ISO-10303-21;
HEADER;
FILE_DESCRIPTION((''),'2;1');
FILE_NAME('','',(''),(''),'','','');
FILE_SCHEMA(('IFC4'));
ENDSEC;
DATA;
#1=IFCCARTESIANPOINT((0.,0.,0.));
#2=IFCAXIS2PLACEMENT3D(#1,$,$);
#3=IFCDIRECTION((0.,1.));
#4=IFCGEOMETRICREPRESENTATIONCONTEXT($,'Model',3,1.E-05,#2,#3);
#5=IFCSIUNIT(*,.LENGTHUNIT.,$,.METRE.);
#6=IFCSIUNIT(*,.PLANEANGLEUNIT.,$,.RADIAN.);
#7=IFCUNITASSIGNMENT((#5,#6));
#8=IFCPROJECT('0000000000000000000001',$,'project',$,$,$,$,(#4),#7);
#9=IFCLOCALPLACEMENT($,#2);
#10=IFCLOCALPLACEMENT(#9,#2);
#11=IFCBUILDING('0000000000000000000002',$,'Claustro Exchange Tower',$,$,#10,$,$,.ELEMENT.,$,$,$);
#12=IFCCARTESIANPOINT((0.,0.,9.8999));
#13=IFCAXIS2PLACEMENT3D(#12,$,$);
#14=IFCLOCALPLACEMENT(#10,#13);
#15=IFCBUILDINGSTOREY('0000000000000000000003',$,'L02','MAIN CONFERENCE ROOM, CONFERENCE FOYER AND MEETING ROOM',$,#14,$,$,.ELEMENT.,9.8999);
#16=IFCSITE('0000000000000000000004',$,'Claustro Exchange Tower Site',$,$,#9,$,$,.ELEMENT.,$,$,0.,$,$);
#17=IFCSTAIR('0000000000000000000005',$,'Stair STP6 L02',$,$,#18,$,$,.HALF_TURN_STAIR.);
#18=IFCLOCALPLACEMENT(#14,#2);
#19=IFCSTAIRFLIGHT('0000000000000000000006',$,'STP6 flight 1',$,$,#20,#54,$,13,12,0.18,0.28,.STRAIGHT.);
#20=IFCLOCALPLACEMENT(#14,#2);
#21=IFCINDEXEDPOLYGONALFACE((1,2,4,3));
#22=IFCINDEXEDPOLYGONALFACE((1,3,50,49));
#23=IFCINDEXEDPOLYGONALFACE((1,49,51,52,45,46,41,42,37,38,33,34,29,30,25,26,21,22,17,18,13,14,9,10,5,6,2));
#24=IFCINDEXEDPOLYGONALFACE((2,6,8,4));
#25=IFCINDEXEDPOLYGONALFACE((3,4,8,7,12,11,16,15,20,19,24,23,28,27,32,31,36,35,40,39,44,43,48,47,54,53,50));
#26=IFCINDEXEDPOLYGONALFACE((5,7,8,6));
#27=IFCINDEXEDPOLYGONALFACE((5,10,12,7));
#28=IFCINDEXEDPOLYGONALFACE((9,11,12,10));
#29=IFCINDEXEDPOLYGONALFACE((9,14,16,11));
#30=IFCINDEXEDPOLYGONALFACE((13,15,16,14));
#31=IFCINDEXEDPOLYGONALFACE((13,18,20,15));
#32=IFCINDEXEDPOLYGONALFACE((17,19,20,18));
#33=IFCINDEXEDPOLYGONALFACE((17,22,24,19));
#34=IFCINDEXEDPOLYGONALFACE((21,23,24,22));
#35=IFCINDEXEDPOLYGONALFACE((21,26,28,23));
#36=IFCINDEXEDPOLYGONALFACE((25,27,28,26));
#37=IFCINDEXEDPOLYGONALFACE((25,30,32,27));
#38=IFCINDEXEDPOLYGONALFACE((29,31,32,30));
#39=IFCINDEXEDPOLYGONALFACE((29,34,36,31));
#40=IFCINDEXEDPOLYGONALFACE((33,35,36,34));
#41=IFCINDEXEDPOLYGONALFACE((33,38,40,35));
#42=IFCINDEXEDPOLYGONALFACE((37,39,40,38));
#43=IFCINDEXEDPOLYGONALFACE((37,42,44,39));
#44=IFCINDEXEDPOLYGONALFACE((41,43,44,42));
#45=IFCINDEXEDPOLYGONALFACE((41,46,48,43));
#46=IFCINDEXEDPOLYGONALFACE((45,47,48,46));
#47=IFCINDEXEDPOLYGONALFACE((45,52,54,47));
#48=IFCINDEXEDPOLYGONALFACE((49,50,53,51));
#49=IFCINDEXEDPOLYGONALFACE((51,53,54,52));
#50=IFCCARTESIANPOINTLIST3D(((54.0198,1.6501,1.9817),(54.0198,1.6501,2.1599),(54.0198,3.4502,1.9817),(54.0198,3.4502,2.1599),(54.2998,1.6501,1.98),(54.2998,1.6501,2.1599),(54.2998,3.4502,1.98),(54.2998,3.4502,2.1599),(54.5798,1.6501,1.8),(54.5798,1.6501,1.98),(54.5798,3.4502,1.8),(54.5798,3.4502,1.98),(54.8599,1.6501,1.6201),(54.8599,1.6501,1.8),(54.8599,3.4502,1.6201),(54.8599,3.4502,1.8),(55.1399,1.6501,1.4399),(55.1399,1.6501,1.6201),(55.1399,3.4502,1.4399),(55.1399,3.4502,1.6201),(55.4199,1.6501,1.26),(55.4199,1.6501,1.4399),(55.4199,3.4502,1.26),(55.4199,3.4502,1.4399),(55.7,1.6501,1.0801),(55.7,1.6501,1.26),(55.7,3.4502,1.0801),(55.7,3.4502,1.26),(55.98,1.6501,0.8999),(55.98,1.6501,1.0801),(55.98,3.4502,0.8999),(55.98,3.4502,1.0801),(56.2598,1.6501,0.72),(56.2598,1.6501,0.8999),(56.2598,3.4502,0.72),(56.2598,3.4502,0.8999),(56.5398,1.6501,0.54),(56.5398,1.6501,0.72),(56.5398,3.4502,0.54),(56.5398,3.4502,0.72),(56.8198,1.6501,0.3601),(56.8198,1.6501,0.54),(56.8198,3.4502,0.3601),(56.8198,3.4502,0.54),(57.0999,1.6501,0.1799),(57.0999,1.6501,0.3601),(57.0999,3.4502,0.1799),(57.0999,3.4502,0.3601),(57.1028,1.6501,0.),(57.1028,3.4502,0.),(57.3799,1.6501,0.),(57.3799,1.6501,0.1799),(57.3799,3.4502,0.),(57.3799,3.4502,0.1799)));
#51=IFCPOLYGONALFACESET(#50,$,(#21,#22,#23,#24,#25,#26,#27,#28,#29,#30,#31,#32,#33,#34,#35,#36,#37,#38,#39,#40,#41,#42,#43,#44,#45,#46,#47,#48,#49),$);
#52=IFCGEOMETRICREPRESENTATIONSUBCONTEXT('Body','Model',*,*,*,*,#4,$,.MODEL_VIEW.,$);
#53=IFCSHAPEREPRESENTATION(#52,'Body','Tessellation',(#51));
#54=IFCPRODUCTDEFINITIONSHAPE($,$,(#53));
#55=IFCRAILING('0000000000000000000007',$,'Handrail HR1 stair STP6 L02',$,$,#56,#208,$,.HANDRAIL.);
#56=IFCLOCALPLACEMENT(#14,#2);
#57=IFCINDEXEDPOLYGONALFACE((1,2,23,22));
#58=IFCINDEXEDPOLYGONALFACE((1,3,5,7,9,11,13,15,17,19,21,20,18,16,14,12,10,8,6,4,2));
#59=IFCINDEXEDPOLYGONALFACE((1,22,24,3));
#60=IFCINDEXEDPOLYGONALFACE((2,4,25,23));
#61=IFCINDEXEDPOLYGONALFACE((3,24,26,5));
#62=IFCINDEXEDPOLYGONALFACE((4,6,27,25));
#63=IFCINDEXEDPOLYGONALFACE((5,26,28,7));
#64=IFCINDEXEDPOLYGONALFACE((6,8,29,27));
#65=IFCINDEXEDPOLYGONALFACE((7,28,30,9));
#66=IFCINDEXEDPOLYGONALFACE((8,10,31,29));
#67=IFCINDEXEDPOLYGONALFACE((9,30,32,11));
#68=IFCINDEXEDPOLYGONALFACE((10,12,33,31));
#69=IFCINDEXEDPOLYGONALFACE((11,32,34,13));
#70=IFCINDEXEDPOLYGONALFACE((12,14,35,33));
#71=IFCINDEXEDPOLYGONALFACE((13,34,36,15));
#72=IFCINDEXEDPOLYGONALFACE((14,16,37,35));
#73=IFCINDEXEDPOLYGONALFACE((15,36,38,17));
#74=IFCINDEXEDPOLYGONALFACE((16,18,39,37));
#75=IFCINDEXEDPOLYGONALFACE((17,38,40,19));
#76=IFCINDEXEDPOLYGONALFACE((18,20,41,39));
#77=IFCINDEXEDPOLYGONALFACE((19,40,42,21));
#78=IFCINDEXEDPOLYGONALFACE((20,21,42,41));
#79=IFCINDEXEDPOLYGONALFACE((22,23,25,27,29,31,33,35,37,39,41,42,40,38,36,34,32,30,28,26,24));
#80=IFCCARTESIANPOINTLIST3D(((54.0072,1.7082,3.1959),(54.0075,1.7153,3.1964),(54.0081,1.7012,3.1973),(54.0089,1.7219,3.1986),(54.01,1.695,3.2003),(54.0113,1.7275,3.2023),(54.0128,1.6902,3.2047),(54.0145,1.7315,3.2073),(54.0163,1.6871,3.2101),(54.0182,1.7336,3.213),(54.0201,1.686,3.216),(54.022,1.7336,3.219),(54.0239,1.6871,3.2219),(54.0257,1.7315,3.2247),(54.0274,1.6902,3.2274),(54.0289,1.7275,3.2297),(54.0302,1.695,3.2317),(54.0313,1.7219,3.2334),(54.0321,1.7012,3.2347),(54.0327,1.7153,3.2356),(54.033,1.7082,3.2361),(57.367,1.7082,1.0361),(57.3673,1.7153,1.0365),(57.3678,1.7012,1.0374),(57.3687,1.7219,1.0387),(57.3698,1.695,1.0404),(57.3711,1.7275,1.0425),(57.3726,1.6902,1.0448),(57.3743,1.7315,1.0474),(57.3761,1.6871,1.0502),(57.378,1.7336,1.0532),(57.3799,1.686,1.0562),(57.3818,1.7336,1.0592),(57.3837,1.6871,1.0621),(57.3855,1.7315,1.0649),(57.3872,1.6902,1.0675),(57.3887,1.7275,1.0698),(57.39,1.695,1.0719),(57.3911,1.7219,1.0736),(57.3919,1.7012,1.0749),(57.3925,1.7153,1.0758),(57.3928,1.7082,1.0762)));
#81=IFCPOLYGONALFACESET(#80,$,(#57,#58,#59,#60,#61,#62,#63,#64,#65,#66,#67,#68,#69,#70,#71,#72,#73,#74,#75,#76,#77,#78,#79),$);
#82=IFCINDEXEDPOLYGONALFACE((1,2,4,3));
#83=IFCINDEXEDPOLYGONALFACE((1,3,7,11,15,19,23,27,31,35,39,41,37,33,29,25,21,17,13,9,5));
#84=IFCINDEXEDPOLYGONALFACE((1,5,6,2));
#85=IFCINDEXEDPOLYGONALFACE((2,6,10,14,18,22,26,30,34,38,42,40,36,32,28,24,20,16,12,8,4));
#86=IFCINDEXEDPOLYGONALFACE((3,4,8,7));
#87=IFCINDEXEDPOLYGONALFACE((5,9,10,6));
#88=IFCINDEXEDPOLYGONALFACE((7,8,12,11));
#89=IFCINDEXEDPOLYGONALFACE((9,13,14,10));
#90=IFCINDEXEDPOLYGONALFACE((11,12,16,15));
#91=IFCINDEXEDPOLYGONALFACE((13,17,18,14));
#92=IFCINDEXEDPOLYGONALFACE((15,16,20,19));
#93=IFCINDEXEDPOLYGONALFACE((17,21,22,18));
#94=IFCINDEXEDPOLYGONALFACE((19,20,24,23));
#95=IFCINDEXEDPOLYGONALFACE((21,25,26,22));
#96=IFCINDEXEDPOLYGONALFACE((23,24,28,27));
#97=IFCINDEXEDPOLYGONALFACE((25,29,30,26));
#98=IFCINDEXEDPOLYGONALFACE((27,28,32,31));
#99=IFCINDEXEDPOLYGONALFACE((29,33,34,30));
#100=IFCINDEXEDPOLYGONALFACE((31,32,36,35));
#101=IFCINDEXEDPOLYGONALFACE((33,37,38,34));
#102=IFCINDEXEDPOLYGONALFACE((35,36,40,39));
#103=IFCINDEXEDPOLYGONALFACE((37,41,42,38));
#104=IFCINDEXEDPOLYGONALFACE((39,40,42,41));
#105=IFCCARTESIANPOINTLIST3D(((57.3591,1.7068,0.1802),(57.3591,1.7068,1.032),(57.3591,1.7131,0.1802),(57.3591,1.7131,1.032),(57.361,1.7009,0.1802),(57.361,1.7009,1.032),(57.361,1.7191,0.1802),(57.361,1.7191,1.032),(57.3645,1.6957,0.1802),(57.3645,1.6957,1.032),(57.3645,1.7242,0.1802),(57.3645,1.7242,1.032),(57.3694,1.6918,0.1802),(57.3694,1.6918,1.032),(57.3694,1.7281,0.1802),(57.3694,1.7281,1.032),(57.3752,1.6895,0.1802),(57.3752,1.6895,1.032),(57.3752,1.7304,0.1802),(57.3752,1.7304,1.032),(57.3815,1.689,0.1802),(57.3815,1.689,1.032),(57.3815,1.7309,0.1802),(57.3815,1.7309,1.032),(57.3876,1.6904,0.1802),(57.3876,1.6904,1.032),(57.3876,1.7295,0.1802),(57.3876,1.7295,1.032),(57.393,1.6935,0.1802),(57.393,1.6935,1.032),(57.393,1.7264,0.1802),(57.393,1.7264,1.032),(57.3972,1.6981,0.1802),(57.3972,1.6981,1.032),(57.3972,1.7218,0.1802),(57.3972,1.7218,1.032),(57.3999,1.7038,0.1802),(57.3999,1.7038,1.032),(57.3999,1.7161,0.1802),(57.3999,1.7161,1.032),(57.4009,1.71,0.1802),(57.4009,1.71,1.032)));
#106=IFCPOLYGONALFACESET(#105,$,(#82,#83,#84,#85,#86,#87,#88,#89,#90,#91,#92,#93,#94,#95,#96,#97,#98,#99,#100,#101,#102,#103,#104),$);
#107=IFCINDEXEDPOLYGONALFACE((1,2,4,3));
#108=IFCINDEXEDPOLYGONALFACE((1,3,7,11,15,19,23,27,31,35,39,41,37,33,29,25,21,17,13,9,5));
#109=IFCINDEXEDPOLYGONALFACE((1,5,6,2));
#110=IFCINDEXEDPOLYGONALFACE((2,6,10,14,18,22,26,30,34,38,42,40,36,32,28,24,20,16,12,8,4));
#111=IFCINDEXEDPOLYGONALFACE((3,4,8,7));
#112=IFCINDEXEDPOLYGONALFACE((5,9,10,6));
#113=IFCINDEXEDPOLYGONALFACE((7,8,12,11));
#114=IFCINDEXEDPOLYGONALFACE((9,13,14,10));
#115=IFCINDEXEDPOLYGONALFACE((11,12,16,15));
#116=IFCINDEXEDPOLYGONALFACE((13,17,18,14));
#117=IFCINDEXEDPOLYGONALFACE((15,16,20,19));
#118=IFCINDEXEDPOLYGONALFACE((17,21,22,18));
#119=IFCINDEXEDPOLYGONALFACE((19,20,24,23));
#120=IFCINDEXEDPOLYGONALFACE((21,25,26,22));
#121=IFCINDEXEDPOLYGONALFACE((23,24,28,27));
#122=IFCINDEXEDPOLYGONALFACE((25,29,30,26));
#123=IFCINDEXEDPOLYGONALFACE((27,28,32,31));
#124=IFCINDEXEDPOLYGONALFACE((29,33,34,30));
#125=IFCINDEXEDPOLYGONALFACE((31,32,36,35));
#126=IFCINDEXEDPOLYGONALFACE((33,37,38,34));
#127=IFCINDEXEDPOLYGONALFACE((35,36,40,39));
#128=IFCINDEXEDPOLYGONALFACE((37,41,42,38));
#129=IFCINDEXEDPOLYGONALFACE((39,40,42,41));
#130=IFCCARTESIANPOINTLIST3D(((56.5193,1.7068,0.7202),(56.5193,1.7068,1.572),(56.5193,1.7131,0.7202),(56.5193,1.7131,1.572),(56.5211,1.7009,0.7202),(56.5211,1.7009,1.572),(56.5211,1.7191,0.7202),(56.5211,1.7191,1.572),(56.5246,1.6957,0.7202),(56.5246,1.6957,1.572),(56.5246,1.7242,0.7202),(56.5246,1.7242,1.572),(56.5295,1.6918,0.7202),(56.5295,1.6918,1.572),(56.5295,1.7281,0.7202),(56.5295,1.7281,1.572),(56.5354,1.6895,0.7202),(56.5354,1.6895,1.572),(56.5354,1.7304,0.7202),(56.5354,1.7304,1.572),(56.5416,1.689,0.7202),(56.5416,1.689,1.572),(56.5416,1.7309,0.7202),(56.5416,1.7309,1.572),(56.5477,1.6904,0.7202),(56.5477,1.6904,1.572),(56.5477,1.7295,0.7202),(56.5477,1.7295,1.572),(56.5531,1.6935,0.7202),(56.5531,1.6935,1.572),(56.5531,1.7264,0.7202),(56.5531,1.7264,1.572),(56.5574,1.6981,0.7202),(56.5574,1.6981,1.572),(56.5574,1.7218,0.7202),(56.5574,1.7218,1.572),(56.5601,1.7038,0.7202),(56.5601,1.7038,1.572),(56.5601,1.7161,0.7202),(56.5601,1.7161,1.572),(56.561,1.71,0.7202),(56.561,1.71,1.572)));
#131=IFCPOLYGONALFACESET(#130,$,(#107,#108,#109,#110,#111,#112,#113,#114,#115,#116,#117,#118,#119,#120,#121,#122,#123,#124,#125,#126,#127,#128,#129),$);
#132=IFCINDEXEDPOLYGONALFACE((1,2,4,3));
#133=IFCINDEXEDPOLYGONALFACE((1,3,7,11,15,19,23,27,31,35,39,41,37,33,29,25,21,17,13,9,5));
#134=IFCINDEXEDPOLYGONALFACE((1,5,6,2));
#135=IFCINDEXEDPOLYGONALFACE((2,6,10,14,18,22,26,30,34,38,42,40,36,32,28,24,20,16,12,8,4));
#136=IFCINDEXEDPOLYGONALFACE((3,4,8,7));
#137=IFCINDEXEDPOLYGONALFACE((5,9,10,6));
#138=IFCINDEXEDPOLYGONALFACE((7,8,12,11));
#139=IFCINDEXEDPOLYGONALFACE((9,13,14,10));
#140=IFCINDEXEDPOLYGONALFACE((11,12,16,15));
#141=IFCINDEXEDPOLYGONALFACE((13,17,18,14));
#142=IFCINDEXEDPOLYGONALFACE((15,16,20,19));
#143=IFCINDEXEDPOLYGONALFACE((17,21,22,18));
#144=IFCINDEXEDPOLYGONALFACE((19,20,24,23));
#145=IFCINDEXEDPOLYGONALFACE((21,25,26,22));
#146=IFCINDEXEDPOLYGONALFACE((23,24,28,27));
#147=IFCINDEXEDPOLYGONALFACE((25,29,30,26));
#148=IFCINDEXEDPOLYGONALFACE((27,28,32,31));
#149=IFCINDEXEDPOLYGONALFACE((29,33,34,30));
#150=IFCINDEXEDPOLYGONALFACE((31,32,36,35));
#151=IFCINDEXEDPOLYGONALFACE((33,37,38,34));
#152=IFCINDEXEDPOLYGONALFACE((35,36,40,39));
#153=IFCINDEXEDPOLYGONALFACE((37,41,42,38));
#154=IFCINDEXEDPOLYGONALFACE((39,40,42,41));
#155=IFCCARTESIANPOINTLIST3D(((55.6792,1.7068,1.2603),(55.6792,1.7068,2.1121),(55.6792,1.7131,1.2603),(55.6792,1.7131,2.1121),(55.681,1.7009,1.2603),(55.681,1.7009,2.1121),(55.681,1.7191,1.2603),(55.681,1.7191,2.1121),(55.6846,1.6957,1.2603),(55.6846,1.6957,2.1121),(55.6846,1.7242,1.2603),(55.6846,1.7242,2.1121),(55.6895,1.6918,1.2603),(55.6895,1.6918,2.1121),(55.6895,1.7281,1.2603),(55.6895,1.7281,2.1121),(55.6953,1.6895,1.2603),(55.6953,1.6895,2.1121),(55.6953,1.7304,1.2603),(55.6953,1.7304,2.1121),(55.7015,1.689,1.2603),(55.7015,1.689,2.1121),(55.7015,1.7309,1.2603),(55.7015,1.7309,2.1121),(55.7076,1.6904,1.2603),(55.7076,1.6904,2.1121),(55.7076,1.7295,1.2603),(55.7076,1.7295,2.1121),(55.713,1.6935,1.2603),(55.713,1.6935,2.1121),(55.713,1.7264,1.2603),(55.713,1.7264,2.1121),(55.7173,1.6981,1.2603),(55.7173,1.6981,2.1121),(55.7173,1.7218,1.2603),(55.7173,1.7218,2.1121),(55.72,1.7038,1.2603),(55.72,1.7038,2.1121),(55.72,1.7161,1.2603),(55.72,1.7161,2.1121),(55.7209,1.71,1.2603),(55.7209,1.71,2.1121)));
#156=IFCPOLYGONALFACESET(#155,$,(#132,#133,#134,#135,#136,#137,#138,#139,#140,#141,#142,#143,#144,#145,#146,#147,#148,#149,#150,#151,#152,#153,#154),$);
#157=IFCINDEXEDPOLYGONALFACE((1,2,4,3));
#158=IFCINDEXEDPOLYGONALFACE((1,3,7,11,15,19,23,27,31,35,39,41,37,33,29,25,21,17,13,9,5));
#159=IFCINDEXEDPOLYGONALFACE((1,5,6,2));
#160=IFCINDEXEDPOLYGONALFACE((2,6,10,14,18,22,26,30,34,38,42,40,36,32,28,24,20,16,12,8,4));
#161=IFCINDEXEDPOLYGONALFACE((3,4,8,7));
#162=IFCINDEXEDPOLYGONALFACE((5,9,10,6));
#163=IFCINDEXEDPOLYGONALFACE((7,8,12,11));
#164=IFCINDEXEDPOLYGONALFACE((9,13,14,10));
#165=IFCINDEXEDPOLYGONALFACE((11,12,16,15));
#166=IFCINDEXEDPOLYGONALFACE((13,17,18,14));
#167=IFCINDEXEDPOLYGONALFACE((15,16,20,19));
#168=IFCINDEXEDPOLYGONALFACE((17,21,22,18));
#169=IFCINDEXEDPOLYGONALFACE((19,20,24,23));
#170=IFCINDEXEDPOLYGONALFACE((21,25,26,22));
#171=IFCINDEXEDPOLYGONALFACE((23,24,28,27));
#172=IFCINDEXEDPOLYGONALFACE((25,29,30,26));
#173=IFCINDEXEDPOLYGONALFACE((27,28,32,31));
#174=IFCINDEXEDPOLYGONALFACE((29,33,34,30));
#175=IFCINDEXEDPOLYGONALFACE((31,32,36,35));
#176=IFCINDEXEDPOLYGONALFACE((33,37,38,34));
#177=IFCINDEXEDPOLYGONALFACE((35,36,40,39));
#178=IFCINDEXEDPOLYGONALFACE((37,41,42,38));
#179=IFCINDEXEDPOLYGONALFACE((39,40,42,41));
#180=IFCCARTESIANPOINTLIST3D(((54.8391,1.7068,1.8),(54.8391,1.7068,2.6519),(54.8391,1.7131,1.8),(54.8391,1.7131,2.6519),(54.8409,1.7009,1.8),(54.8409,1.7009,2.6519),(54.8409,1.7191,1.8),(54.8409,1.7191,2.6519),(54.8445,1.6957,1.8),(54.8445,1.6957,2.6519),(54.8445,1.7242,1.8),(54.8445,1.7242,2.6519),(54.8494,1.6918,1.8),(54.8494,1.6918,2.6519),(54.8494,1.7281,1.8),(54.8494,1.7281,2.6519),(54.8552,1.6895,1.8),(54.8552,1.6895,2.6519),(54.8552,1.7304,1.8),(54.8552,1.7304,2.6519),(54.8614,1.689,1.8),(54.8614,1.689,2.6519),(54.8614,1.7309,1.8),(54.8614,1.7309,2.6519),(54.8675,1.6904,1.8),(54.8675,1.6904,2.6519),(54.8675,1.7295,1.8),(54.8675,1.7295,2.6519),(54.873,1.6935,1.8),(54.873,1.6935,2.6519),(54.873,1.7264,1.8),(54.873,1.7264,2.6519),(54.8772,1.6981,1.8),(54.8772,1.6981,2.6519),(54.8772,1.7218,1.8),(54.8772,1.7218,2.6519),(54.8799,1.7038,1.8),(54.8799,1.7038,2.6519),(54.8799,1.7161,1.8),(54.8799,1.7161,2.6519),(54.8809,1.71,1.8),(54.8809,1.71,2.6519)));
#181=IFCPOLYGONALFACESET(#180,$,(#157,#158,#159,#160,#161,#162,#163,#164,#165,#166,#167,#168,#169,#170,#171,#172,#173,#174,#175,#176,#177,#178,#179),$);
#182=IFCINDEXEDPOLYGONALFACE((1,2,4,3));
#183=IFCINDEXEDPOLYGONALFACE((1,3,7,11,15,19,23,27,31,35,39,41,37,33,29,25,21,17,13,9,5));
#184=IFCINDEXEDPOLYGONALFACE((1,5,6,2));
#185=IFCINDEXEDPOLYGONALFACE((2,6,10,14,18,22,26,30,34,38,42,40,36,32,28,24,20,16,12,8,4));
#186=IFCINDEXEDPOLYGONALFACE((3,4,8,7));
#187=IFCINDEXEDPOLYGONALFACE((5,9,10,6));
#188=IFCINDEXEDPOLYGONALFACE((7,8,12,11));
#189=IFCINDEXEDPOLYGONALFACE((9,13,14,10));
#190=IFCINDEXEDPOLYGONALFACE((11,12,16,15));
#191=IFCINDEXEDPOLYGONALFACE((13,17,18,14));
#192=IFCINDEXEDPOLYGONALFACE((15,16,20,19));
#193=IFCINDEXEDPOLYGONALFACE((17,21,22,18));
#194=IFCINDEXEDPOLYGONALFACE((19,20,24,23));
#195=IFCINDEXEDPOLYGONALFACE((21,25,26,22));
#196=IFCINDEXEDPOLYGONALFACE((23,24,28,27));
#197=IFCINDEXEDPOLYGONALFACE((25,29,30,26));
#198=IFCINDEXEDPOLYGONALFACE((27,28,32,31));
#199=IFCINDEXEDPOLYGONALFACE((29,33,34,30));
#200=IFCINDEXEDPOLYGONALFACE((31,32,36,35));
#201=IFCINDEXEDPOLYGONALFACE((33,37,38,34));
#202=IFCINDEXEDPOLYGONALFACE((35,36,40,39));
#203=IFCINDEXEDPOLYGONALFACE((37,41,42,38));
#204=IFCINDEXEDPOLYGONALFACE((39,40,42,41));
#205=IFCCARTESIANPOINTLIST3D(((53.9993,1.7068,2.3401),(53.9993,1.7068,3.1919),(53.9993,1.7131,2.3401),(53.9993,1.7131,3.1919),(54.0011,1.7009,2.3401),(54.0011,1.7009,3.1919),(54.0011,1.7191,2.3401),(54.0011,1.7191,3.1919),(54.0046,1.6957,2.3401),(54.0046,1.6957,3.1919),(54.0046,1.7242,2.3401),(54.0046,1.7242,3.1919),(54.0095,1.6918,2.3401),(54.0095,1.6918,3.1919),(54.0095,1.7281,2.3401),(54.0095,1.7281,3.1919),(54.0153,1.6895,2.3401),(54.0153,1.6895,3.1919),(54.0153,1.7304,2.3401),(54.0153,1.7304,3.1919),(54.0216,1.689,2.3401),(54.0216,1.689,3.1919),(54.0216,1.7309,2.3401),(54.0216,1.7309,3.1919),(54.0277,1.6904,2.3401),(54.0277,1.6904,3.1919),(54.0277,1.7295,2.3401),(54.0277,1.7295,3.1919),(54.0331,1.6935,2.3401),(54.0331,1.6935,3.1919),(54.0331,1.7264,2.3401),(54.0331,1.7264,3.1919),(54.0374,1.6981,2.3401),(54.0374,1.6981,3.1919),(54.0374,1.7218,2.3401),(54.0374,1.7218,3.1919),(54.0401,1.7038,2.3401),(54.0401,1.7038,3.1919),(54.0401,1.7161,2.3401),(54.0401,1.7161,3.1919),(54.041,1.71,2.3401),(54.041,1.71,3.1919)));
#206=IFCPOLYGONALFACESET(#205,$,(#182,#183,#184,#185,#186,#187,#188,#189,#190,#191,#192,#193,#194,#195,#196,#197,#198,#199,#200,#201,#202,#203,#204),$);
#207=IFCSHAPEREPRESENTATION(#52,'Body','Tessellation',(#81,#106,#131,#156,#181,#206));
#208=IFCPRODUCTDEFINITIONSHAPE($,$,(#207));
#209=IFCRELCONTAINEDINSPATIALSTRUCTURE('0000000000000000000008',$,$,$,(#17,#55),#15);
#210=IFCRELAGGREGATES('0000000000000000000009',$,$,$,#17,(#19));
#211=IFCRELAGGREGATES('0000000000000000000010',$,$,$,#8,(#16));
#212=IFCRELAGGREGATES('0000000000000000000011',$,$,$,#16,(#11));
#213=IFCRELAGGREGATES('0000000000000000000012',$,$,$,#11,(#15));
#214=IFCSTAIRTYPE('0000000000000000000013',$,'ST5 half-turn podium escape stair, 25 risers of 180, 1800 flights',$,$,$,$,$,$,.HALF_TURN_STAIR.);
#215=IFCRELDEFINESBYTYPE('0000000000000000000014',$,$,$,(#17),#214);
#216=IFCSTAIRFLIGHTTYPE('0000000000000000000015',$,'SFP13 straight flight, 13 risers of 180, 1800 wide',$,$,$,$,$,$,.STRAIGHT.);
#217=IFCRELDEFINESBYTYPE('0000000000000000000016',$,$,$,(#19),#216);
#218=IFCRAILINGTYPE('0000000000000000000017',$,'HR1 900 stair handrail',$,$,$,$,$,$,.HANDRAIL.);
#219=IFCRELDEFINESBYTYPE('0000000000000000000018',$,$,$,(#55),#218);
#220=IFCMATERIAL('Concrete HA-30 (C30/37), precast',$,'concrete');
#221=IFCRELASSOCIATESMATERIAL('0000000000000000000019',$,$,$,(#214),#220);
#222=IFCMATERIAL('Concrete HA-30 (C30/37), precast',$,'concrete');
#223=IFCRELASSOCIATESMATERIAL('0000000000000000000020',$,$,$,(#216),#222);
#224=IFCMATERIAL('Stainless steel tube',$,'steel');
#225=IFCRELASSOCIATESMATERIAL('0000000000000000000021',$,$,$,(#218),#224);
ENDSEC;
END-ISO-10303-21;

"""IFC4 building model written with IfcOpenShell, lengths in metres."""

from ifc_helpers import new_model, si_unit, direction, frame, origin, origin_2d, place, context, subcontext, project, spatial, polyline, circle, outline, extrude, material, type_object, element, aggregate, save


model = new_model("IFC4")

# Units and contexts
model_context = context("Model", 3, precision=1e-05, world=origin(), true_north=direction((0.0, 1.0)))
body_context = subcontext(model_context, "Body", "Model", "MODEL_VIEW")
ifc_project = project(units=[si_unit("LENGTHUNIT", "METRE"), si_unit("PLANEANGLEUNIT", "RADIAN")], contexts=[model_context])

# Site, building, storey
site_placement = place(None, origin())
site = spatial("IfcSite", under=ifc_project, at=site_placement, Name="Claustro Exchange Tower Site", CompositionType="ELEMENT", RefElevation=0.0)
building_placement = place(site_placement, origin())
building = spatial("IfcBuilding", under=site, at=building_placement, Name="Claustro Exchange Tower", CompositionType="ELEMENT")
storey_placement = place(building_placement, frame((0.0, 0.0, 9.8999)))
storey = spatial("IfcBuildingStorey", under=building, at=storey_placement, Name="L02", Description="MAIN CONFERENCE ROOM, CONFERENCE FOYER AND MEETING ROOM", CompositionType="ELEMENT", Elevation=9.8999)

# Stair, stair flight
ifc_material_1 = material(Name="Concrete HA-30 (C30/37), precast", Category="concrete")
stair_type = type_object("IfcStairType", Name="ST5 half-turn podium escape stair, 25 risers of 180, 1800 flights", PredefinedType="HALF_TURN_STAIR", material=ifc_material_1)
stair_placement = place(storey_placement, origin())
stair = element("IfcStair", 1, at=stair_placement, inside=storey, type_object=stair_type, Name="Stair STP6 L02", PredefinedType="HALF_TURN_STAIR")
ifc_material_2 = material(Name="Concrete HA-30 (C30/37), precast", Category="concrete")
stair_flight_type = type_object("IfcStairFlightType", Name="SFP13 straight flight, 13 risers of 180, 1800 wide", PredefinedType="STRAIGHT", material=ifc_material_2)
stair_flight_placement = place(storey_placement, frame((57.3799, 2.55, 0.0), z_axis=(0.0, 0.0, 1.0), x_axis=(-1.0, 0.0, 0.0)))
stair_flight = element("IfcStairFlight", 2, at=stair_flight_placement, type_object=stair_flight_type, Name="STP6 flight 1", NumberOfRisers=13, NumberOfTreads=12, PredefinedType="STRAIGHT", RiserHeight=0.18, TreadLength=0.28, context=body_context, shape_type="SweptSolid", body=[
    extrude(outline(polyline([(0.0, 0.0), (0.0, 0.1799), (0.28, 0.1799), (0.28, 0.3601), (0.5601, 0.3601), (0.5601, 0.54), (0.8401, 0.54), (0.8401, 0.72), (1.1201, 0.72), (1.1201, 0.8999), (1.3999, 0.8999), (1.3999, 1.0801), (1.6799, 1.0801), (1.6799, 1.26), (1.96, 1.26), (1.96, 1.4399), (2.24, 1.4399), (2.24, 1.6201), (2.52, 1.6201), (2.52, 1.8), (2.8, 1.8), (2.8, 1.98), (3.0801, 1.98), (3.0801, 2.1599), (3.3601, 2.1599), (3.3601, 2.3401), (3.3601, 1.9817), (0.2771, 0.0), (0.0, 0.0)])), frame((0.0, 0.8999, 0.0), z_axis=(0.0, -1.0, 0.0), x_axis=(1.0, 0.0, 0.0)), (0.0, 0.0, 1.0), 1.8),
])
aggregate(stair, [stair_flight])

# Railing
ifc_material_3 = material(Name="Stainless steel tube", Category="steel")
railing_type_1 = type_object("IfcRailingType", Name="HR1 900 stair handrail", PredefinedType="HANDRAIL", material=ifc_material_3)
railing_1_placement = place(storey_placement, frame((57.3799, 1.71, 0.1802)))
element("IfcRailing", 3, at=railing_1_placement, inside=storey, type_object=railing_type_1, Name="Handrail HR1 stair STP6 L02", PredefinedType="HANDRAIL", context=body_context, shape_type="SweptSolid", body=[
    extrude(circle(Radius=0.0239, at=origin_2d()), frame((0.0, 0.0, 0.876), z_axis=(-0.841178, 0.0, 0.540758), x_axis=(0.0, -1.0, 0.0)), (0.0, 0.0, 1.0), 3.9941),
    extrude(circle(Radius=0.021, at=origin_2d()), origin(), (0.0, 0.0, 1.0), 0.8518),
    extrude(circle(Radius=0.021, at=origin_2d()), frame((-0.8398, 0.0, 0.54)), (0.0, 0.0, 1.0), 0.8518),
    extrude(circle(Radius=0.021, at=origin_2d()), frame((-1.6799, 0.0, 1.0801)), (0.0, 0.0, 1.0), 0.8518),
    extrude(circle(Radius=0.021, at=origin_2d()), frame((-2.52, 0.0, 1.6199)), (0.0, 0.0, 1.0), 0.8518),
    extrude(circle(Radius=0.021, at=origin_2d()), frame((-3.3599, 0.0, 2.1599)), (0.0, 0.0, 1.0), 0.8518),
])

save(model, "model.ifc")
